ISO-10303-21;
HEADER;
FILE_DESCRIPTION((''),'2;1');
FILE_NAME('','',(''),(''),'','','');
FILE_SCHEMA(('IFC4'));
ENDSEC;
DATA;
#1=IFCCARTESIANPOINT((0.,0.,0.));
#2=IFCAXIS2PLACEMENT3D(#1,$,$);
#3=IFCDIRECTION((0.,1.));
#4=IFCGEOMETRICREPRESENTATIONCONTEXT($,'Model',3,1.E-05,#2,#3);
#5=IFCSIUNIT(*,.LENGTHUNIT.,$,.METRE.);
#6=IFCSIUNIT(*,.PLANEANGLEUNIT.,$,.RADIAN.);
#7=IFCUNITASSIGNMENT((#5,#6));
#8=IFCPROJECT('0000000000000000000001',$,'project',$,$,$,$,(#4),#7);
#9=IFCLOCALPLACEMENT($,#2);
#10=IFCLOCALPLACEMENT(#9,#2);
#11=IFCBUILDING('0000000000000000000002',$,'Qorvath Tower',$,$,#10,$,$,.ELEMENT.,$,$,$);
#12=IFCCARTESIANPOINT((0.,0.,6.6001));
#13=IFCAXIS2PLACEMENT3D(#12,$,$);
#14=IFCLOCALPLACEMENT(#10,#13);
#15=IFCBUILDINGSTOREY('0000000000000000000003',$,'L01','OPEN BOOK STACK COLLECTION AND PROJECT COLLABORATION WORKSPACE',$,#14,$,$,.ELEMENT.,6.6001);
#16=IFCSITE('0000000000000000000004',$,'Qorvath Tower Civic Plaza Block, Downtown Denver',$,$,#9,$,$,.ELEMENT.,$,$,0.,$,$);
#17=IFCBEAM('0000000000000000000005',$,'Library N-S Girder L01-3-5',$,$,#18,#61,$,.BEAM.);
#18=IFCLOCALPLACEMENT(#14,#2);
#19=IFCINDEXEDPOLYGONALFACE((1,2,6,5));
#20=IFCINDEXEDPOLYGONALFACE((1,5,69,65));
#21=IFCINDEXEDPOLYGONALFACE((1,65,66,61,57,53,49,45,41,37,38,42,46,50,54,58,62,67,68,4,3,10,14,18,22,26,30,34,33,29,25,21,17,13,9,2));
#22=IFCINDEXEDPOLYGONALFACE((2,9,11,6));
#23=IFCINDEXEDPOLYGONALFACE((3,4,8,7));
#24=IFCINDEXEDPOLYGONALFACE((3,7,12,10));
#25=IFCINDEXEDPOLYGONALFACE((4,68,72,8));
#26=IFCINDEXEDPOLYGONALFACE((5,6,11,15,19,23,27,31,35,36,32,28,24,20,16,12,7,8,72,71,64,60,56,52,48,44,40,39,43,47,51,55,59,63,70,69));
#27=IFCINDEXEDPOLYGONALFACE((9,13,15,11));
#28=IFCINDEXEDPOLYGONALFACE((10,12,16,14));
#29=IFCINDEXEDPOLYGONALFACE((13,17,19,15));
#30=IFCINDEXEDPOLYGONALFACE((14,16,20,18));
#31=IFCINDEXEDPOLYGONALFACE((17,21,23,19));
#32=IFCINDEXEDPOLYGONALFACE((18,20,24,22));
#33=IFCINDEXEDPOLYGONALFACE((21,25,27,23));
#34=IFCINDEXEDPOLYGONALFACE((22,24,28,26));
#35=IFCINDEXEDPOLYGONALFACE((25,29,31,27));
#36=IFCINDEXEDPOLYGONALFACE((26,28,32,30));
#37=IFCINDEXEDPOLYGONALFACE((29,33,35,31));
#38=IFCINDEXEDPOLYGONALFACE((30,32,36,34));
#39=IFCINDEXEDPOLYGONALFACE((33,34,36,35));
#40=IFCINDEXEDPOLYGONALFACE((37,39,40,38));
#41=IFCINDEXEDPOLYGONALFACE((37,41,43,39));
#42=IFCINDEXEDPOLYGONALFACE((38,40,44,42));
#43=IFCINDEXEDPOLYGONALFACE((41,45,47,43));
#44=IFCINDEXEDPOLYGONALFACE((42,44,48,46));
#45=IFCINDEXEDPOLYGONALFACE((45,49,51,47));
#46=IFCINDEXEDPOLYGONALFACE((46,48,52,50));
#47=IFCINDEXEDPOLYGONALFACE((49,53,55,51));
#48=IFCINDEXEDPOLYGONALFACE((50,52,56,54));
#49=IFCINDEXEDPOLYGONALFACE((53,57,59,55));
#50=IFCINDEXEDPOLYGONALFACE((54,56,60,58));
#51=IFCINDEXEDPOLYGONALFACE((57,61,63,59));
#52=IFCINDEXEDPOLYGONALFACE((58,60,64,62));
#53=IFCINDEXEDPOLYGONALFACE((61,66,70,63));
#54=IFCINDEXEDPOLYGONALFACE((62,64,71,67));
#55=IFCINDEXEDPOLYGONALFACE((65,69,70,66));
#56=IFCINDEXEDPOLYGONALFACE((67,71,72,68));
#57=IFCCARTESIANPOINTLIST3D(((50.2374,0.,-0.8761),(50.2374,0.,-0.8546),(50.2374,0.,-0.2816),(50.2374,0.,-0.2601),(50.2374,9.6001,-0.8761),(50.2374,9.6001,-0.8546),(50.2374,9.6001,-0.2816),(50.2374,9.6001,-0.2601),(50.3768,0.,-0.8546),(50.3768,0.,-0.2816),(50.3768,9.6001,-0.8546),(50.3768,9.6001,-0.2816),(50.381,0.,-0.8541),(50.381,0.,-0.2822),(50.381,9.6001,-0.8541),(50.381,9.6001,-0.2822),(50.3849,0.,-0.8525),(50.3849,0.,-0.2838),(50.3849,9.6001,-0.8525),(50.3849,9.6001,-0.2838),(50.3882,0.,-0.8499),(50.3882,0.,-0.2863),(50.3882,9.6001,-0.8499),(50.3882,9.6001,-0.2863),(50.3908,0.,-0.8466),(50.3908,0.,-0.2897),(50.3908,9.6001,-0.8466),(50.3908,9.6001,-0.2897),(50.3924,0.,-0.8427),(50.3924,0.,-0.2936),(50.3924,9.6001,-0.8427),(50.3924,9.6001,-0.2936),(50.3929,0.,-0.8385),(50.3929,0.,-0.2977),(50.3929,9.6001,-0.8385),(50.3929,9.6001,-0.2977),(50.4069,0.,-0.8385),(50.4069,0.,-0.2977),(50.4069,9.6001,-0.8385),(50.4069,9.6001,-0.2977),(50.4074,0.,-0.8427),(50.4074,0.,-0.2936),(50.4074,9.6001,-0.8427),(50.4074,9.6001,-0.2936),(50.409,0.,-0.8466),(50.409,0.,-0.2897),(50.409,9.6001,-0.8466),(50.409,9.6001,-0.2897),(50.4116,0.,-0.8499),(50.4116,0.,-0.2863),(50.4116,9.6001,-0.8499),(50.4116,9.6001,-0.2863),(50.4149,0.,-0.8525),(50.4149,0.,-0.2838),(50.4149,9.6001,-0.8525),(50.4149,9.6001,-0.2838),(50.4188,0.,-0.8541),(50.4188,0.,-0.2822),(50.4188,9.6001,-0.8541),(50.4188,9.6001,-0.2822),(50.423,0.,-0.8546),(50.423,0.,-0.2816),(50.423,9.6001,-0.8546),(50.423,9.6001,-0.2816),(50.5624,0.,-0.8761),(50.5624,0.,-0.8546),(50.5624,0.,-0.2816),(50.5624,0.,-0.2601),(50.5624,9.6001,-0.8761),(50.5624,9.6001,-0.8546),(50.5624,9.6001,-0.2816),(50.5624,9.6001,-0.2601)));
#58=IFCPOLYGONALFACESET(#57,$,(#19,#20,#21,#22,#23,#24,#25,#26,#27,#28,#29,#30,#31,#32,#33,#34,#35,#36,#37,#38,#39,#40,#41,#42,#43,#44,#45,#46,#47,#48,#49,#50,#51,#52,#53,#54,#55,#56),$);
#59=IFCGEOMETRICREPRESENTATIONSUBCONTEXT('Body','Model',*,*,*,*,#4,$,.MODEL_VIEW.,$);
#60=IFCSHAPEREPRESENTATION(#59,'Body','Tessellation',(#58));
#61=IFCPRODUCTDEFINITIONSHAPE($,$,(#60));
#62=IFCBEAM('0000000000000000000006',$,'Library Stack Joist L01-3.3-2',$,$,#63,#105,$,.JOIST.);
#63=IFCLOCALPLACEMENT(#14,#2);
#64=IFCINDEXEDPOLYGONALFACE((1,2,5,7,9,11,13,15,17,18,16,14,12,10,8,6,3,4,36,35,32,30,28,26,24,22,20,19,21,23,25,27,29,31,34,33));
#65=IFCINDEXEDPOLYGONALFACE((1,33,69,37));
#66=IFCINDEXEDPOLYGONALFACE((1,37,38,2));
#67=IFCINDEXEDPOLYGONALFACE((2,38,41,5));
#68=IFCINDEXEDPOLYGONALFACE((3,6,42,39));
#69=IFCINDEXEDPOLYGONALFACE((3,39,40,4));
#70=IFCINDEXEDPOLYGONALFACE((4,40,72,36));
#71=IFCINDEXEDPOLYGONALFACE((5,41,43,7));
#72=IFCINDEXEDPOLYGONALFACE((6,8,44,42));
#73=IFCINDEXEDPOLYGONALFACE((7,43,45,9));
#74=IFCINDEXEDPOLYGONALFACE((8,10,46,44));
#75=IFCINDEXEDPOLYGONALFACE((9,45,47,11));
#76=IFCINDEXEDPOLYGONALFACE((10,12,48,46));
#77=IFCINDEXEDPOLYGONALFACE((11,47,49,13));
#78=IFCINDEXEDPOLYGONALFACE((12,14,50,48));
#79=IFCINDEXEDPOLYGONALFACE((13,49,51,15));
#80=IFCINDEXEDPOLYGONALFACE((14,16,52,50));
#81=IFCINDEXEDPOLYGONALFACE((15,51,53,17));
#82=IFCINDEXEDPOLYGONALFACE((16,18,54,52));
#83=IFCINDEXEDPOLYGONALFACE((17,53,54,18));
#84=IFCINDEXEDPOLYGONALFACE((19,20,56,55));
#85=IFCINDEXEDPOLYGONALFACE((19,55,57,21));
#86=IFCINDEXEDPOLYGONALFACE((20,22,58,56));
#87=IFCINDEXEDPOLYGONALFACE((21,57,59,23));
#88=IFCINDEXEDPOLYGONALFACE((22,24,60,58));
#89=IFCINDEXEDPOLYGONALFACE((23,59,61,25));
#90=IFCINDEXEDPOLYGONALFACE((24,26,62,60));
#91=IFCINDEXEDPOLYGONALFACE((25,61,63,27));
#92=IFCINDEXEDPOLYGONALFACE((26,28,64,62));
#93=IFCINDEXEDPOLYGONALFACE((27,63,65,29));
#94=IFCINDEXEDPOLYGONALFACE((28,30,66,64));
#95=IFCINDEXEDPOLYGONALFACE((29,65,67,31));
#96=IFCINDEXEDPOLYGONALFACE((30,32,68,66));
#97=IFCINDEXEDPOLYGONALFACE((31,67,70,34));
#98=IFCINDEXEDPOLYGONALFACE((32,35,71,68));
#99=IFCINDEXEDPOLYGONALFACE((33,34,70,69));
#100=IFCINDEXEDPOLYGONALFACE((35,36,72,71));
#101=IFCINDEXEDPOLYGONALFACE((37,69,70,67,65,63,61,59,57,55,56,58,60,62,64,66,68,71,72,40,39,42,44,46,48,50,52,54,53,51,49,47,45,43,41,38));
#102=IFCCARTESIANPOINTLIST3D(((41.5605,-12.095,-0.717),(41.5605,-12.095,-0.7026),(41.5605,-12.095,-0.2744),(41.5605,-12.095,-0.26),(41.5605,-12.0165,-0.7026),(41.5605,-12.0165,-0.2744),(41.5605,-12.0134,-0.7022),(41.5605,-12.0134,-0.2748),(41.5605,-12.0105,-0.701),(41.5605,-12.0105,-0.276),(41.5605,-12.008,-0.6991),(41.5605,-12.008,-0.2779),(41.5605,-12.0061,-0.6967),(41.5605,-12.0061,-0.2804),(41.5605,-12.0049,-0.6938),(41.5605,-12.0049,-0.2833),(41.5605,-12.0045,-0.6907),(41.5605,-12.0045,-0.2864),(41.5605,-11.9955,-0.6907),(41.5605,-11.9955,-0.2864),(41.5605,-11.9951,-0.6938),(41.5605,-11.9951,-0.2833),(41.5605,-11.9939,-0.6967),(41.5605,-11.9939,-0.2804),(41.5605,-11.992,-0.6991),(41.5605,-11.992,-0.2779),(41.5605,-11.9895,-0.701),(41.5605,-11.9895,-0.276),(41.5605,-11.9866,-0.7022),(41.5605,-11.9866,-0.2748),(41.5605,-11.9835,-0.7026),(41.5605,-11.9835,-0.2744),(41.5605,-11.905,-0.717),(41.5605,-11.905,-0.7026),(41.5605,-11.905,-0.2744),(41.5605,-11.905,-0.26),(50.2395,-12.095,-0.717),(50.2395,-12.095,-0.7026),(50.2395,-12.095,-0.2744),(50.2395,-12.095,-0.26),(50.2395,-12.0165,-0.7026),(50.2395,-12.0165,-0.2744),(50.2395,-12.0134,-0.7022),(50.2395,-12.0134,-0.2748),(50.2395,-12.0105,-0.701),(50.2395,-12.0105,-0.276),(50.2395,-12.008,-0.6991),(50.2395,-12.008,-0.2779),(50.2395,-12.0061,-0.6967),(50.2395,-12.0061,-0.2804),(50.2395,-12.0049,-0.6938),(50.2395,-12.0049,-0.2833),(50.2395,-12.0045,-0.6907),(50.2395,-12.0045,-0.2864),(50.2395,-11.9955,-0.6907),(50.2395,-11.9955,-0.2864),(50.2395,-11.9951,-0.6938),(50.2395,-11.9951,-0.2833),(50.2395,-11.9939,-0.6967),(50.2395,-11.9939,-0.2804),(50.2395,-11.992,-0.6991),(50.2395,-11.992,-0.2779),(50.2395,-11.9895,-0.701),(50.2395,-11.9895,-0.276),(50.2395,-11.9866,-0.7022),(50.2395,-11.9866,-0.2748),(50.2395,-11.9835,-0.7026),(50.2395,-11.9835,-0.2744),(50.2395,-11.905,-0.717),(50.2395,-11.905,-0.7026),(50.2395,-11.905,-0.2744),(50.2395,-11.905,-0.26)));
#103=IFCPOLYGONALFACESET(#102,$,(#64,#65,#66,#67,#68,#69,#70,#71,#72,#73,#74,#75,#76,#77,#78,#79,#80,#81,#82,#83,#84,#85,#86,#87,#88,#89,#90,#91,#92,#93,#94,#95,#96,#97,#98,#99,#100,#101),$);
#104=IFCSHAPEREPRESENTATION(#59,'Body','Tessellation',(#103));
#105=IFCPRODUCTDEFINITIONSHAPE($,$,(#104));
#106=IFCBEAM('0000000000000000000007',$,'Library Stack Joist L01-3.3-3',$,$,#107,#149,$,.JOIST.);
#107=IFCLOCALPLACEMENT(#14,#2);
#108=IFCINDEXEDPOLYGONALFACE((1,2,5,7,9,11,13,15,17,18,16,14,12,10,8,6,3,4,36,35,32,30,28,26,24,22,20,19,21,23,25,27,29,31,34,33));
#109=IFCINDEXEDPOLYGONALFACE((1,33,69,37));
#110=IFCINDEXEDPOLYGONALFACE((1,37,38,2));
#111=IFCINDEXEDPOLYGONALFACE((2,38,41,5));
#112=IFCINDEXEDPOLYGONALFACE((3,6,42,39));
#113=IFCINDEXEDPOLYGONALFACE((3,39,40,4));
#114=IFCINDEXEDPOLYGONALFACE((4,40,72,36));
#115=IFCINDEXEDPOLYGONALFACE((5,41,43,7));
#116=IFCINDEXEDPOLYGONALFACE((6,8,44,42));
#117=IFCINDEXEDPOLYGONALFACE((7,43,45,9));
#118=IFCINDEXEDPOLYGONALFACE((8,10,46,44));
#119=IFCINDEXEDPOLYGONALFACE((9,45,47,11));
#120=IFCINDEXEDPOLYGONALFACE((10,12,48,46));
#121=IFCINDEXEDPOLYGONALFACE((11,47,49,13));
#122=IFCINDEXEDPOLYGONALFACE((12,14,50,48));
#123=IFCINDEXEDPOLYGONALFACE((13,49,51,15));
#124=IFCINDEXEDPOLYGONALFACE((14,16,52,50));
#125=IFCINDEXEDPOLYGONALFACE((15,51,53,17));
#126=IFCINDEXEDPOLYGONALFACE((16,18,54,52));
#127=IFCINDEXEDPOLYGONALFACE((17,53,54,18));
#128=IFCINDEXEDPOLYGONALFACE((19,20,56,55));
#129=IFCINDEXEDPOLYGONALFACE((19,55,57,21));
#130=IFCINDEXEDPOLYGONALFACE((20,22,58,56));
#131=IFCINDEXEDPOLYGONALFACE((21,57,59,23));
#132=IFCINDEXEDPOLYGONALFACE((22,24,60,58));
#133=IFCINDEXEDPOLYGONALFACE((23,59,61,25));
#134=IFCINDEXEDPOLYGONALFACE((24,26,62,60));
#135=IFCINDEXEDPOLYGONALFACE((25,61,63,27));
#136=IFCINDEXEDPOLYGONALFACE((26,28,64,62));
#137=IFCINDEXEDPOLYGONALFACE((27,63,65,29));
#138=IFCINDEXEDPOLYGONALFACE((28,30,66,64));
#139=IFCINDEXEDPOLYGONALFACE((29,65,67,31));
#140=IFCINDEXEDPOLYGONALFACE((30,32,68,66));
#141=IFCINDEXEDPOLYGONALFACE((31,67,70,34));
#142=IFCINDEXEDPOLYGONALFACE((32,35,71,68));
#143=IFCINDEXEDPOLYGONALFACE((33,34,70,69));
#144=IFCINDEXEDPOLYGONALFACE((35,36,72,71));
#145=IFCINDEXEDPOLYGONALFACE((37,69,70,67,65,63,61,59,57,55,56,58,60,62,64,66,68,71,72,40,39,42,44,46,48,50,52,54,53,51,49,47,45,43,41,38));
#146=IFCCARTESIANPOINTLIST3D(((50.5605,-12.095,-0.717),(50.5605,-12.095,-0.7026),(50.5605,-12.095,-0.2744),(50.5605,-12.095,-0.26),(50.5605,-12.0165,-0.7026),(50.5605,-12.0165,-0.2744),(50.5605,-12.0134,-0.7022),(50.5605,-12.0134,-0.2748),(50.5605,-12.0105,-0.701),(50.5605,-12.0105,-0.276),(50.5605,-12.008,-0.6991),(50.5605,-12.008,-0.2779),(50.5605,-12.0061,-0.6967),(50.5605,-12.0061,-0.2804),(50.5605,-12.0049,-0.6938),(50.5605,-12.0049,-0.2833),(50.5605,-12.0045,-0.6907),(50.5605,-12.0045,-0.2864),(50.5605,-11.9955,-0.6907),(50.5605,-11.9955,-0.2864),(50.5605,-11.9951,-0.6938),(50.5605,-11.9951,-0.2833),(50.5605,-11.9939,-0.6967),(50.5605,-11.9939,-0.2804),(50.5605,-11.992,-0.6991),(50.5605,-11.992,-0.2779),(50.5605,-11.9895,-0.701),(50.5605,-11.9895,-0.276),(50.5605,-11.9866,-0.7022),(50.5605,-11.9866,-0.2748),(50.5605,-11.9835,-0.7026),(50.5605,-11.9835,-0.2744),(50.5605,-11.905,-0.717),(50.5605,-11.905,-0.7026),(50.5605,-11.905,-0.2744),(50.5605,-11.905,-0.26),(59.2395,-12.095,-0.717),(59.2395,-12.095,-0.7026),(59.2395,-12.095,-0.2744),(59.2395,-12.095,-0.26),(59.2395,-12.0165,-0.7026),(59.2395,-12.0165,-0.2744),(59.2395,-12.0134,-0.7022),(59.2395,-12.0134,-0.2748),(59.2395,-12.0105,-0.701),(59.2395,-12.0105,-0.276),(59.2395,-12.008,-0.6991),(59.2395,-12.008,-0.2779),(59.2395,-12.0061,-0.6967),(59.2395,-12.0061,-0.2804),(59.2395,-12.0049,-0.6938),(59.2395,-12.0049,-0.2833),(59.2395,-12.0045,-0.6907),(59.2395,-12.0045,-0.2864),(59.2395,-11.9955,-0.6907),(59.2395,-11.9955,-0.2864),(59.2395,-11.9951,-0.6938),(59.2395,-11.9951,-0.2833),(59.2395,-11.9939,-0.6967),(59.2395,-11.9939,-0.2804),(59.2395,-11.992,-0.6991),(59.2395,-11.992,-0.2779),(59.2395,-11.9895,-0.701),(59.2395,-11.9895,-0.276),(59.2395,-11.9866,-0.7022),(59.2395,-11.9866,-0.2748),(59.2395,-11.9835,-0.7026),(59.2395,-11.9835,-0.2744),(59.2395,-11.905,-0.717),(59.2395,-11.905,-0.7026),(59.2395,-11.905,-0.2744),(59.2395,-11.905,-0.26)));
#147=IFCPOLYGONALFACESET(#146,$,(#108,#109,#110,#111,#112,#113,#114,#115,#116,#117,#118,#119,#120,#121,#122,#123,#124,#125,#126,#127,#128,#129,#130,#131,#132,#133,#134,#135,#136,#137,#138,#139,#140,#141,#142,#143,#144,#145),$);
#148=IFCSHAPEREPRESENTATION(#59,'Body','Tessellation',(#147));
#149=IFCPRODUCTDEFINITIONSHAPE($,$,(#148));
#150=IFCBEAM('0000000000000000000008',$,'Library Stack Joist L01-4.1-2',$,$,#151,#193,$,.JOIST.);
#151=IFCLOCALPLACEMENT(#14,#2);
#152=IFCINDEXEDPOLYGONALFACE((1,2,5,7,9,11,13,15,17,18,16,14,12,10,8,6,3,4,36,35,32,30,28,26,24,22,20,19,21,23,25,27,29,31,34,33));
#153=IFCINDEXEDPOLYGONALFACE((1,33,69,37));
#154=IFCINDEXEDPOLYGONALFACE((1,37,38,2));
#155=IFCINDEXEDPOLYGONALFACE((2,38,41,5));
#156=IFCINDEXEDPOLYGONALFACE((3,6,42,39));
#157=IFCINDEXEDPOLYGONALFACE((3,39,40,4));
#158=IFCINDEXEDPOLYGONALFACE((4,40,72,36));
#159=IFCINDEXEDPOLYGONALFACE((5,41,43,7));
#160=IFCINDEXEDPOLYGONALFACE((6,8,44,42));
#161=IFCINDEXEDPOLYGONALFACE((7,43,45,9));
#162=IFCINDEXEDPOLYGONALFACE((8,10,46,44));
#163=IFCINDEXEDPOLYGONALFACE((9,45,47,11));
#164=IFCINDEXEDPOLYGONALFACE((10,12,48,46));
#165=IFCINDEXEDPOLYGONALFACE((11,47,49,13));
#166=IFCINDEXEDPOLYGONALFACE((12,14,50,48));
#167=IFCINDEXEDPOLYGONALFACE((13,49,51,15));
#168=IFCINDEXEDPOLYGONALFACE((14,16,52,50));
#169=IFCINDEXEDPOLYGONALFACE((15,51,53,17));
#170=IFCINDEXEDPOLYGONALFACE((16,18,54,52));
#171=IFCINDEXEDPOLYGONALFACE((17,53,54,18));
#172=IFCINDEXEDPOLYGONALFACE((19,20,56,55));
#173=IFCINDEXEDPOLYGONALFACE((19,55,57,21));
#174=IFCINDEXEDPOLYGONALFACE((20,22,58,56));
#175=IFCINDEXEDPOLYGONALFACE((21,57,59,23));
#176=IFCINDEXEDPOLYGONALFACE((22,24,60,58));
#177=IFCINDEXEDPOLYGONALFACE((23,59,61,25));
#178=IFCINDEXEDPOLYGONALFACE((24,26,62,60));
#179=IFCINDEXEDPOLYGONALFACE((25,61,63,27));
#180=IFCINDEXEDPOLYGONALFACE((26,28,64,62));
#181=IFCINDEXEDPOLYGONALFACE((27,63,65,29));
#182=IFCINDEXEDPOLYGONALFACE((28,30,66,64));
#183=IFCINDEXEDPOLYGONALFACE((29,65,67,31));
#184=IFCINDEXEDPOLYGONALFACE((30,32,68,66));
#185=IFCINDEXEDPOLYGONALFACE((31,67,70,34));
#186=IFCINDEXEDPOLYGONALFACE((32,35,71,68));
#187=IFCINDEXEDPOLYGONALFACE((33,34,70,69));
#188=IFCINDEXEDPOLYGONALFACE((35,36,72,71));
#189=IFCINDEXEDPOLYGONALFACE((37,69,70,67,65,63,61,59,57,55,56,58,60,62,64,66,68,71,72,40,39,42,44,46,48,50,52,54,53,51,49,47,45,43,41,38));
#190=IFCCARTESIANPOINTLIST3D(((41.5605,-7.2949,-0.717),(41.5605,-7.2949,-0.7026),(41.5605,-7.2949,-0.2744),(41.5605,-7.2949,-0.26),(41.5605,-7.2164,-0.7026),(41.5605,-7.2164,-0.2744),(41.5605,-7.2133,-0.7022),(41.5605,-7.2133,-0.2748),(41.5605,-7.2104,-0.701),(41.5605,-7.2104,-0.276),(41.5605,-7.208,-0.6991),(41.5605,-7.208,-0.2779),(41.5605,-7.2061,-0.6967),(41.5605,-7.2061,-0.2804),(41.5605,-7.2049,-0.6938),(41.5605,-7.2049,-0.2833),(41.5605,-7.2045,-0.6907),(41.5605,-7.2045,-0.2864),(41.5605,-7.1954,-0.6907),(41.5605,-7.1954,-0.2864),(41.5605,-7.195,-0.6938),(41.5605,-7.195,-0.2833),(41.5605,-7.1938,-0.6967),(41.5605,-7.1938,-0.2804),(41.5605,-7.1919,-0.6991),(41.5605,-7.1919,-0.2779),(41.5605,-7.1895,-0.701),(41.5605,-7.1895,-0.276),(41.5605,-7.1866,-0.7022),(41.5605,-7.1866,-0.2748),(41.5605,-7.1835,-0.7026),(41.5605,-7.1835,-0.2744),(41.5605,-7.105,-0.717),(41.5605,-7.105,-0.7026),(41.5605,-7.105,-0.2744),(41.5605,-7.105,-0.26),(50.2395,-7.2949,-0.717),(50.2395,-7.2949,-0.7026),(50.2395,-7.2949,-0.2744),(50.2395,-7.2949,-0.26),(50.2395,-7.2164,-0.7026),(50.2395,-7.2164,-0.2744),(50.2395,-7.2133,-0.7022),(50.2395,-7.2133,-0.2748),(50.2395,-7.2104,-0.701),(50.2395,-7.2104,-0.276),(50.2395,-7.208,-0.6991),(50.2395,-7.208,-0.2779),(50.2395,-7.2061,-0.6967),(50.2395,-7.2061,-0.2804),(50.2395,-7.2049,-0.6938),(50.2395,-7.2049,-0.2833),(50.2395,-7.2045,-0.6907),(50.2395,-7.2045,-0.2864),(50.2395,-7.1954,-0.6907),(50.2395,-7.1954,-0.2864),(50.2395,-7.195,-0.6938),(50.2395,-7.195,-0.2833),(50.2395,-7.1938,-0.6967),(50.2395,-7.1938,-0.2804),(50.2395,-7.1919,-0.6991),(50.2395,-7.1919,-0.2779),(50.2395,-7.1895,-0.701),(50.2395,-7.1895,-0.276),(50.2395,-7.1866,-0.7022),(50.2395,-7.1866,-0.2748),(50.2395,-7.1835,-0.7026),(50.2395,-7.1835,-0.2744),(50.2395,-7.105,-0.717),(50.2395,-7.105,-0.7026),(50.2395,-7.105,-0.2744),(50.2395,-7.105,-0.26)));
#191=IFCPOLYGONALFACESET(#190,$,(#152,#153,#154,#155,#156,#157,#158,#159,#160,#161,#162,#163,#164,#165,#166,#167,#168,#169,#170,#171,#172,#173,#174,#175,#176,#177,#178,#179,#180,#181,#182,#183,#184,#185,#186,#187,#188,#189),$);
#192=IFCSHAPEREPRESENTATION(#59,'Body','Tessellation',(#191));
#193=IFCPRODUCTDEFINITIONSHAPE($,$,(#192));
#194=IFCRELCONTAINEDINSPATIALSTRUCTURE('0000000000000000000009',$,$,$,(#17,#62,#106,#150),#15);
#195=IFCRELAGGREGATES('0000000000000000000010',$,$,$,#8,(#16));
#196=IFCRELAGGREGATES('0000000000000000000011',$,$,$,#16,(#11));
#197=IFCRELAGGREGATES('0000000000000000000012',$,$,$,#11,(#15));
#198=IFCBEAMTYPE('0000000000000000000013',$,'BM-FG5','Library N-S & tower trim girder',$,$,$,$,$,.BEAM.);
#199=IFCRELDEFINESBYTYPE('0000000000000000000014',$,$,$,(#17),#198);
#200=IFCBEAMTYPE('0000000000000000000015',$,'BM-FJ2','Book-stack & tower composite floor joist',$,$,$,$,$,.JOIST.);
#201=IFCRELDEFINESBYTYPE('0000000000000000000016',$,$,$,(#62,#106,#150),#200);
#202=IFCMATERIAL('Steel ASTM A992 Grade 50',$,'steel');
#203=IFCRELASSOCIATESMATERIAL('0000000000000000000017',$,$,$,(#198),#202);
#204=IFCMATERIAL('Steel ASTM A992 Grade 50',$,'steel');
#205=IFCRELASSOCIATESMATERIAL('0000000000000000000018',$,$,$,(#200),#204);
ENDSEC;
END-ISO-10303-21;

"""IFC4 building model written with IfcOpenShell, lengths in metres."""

from ifc_helpers import new_model, si_unit, direction, frame, origin, origin_2d, place, context, subcontext, project, spatial, i_section, extrude, material, material_profile, profile_set, type_object, element, save


model = new_model("IFC4")

# Units and contexts
model_context = context("Model", 3, precision=1e-05, world=origin(), true_north=direction((0.0, 1.0)))
body_context = subcontext(model_context, "Body", "Model", "MODEL_VIEW")
ifc_project = project(units=[si_unit("LENGTHUNIT", "METRE"), si_unit("PLANEANGLEUNIT", "RADIAN")], contexts=[model_context])

# Site, building, storey
site_placement = place(None, origin())
site = spatial("IfcSite", under=ifc_project, at=site_placement, Name="Qorvath Tower Civic Plaza Block, Downtown Denver", CompositionType="ELEMENT", RefElevation=0.0)
building_placement = place(site_placement, origin())
building = spatial("IfcBuilding", under=site, at=building_placement, Name="Qorvath Tower", CompositionType="ELEMENT")
storey_placement = place(building_placement, frame((0.0, 0.0, 6.6001)))
storey = spatial("IfcBuildingStorey", under=building, at=storey_placement, Name="L01", Description="OPEN BOOK STACK COLLECTION AND PROJECT COLLABORATION WORKSPACE", CompositionType="ELEMENT", Elevation=6.6001)

# Beams
ifc_material_1 = material(Name="Steel ASTM A992 Grade 50", Category="steel")
ifc_material_profile_1 = material_profile(ifc_material_1, i_section(OverallWidth=0.325, OverallDepth=0.616, WebThickness=0.0139, FlangeThickness=0.0215, FilletRadius=0.0161, at=origin_2d()), Name="W24x117")
ifc_profile_set_1 = profile_set([ifc_material_profile_1], Name="Steel ASTM A992 Grade 50")
beam_type_1 = type_object("IfcBeamType", Name="BM-FG5", Description="Library N-S & tower trim girder", PredefinedType="BEAM", material=ifc_profile_set_1)
for number, where, z_axis, x_axis, name in (
    (1, (50.3999, 0.0, -0.5681), (0.0, 1.0, 0.0), (-1.0, 0.0, 0.0), "Library N-S Girder L01-3-5"),
):
    element("IfcBeam", number, at=place(storey_placement, frame(where, z_axis=z_axis, x_axis=x_axis)), inside=storey, type_object=beam_type_1, Name=name, PredefinedType="BEAM", context=body_context, shape_type="SweptSolid", body=[
        extrude(i_section(OverallWidth=0.325, OverallDepth=0.616, WebThickness=0.0139, FlangeThickness=0.0215, FilletRadius=0.0161, at=origin_2d()), origin(), (0.0, 0.0, 1.0), 9.6001),
    ])
ifc_material_2 = material(Name="Steel ASTM A992 Grade 50", Category="steel")
ifc_material_profile_2 = material_profile(ifc_material_2, i_section(OverallWidth=0.1899, OverallDepth=0.457, WebThickness=0.009, FlangeThickness=0.0144, FilletRadius=0.012, at=origin_2d()), Name="W18x50")
ifc_profile_set_2 = profile_set([ifc_material_profile_2], Name="Steel ASTM A992 Grade 50")
beam_type_2 = type_object("IfcBeamType", Name="BM-FJ2", Description="Book-stack & tower composite floor joist", PredefinedType="JOIST", material=ifc_profile_set_2)
for number, where, z_axis, x_axis, name in (
    (2, (41.5605, -12.0, -0.4885), (1.0, 0.0, 0.0), (0.0, 1.0, 0.0), "Library Stack Joist L01-3.3-2"),
    (3, (50.5605, -12.0, -0.4885), (1.0, 0.0, 0.0), (0.0, 1.0, 0.0), "Library Stack Joist L01-3.3-3"),
    (4, (41.5605, -7.2, -0.4885), (1.0, 0.0, 0.0), (0.0, 1.0, 0.0), "Library Stack Joist L01-4.1-2"),
):
    element("IfcBeam", number, at=place(storey_placement, frame(where, z_axis=z_axis, x_axis=x_axis)), inside=storey, type_object=beam_type_2, Name=name, PredefinedType="JOIST", context=body_context, shape_type="SweptSolid", body=[
        extrude(i_section(OverallWidth=0.1899, OverallDepth=0.457, WebThickness=0.009, FlangeThickness=0.0144, FilletRadius=0.012, at=origin_2d()), origin(), (0.0, 0.0, 1.0), 8.679),
    ])

save(model, "model.ifc")
